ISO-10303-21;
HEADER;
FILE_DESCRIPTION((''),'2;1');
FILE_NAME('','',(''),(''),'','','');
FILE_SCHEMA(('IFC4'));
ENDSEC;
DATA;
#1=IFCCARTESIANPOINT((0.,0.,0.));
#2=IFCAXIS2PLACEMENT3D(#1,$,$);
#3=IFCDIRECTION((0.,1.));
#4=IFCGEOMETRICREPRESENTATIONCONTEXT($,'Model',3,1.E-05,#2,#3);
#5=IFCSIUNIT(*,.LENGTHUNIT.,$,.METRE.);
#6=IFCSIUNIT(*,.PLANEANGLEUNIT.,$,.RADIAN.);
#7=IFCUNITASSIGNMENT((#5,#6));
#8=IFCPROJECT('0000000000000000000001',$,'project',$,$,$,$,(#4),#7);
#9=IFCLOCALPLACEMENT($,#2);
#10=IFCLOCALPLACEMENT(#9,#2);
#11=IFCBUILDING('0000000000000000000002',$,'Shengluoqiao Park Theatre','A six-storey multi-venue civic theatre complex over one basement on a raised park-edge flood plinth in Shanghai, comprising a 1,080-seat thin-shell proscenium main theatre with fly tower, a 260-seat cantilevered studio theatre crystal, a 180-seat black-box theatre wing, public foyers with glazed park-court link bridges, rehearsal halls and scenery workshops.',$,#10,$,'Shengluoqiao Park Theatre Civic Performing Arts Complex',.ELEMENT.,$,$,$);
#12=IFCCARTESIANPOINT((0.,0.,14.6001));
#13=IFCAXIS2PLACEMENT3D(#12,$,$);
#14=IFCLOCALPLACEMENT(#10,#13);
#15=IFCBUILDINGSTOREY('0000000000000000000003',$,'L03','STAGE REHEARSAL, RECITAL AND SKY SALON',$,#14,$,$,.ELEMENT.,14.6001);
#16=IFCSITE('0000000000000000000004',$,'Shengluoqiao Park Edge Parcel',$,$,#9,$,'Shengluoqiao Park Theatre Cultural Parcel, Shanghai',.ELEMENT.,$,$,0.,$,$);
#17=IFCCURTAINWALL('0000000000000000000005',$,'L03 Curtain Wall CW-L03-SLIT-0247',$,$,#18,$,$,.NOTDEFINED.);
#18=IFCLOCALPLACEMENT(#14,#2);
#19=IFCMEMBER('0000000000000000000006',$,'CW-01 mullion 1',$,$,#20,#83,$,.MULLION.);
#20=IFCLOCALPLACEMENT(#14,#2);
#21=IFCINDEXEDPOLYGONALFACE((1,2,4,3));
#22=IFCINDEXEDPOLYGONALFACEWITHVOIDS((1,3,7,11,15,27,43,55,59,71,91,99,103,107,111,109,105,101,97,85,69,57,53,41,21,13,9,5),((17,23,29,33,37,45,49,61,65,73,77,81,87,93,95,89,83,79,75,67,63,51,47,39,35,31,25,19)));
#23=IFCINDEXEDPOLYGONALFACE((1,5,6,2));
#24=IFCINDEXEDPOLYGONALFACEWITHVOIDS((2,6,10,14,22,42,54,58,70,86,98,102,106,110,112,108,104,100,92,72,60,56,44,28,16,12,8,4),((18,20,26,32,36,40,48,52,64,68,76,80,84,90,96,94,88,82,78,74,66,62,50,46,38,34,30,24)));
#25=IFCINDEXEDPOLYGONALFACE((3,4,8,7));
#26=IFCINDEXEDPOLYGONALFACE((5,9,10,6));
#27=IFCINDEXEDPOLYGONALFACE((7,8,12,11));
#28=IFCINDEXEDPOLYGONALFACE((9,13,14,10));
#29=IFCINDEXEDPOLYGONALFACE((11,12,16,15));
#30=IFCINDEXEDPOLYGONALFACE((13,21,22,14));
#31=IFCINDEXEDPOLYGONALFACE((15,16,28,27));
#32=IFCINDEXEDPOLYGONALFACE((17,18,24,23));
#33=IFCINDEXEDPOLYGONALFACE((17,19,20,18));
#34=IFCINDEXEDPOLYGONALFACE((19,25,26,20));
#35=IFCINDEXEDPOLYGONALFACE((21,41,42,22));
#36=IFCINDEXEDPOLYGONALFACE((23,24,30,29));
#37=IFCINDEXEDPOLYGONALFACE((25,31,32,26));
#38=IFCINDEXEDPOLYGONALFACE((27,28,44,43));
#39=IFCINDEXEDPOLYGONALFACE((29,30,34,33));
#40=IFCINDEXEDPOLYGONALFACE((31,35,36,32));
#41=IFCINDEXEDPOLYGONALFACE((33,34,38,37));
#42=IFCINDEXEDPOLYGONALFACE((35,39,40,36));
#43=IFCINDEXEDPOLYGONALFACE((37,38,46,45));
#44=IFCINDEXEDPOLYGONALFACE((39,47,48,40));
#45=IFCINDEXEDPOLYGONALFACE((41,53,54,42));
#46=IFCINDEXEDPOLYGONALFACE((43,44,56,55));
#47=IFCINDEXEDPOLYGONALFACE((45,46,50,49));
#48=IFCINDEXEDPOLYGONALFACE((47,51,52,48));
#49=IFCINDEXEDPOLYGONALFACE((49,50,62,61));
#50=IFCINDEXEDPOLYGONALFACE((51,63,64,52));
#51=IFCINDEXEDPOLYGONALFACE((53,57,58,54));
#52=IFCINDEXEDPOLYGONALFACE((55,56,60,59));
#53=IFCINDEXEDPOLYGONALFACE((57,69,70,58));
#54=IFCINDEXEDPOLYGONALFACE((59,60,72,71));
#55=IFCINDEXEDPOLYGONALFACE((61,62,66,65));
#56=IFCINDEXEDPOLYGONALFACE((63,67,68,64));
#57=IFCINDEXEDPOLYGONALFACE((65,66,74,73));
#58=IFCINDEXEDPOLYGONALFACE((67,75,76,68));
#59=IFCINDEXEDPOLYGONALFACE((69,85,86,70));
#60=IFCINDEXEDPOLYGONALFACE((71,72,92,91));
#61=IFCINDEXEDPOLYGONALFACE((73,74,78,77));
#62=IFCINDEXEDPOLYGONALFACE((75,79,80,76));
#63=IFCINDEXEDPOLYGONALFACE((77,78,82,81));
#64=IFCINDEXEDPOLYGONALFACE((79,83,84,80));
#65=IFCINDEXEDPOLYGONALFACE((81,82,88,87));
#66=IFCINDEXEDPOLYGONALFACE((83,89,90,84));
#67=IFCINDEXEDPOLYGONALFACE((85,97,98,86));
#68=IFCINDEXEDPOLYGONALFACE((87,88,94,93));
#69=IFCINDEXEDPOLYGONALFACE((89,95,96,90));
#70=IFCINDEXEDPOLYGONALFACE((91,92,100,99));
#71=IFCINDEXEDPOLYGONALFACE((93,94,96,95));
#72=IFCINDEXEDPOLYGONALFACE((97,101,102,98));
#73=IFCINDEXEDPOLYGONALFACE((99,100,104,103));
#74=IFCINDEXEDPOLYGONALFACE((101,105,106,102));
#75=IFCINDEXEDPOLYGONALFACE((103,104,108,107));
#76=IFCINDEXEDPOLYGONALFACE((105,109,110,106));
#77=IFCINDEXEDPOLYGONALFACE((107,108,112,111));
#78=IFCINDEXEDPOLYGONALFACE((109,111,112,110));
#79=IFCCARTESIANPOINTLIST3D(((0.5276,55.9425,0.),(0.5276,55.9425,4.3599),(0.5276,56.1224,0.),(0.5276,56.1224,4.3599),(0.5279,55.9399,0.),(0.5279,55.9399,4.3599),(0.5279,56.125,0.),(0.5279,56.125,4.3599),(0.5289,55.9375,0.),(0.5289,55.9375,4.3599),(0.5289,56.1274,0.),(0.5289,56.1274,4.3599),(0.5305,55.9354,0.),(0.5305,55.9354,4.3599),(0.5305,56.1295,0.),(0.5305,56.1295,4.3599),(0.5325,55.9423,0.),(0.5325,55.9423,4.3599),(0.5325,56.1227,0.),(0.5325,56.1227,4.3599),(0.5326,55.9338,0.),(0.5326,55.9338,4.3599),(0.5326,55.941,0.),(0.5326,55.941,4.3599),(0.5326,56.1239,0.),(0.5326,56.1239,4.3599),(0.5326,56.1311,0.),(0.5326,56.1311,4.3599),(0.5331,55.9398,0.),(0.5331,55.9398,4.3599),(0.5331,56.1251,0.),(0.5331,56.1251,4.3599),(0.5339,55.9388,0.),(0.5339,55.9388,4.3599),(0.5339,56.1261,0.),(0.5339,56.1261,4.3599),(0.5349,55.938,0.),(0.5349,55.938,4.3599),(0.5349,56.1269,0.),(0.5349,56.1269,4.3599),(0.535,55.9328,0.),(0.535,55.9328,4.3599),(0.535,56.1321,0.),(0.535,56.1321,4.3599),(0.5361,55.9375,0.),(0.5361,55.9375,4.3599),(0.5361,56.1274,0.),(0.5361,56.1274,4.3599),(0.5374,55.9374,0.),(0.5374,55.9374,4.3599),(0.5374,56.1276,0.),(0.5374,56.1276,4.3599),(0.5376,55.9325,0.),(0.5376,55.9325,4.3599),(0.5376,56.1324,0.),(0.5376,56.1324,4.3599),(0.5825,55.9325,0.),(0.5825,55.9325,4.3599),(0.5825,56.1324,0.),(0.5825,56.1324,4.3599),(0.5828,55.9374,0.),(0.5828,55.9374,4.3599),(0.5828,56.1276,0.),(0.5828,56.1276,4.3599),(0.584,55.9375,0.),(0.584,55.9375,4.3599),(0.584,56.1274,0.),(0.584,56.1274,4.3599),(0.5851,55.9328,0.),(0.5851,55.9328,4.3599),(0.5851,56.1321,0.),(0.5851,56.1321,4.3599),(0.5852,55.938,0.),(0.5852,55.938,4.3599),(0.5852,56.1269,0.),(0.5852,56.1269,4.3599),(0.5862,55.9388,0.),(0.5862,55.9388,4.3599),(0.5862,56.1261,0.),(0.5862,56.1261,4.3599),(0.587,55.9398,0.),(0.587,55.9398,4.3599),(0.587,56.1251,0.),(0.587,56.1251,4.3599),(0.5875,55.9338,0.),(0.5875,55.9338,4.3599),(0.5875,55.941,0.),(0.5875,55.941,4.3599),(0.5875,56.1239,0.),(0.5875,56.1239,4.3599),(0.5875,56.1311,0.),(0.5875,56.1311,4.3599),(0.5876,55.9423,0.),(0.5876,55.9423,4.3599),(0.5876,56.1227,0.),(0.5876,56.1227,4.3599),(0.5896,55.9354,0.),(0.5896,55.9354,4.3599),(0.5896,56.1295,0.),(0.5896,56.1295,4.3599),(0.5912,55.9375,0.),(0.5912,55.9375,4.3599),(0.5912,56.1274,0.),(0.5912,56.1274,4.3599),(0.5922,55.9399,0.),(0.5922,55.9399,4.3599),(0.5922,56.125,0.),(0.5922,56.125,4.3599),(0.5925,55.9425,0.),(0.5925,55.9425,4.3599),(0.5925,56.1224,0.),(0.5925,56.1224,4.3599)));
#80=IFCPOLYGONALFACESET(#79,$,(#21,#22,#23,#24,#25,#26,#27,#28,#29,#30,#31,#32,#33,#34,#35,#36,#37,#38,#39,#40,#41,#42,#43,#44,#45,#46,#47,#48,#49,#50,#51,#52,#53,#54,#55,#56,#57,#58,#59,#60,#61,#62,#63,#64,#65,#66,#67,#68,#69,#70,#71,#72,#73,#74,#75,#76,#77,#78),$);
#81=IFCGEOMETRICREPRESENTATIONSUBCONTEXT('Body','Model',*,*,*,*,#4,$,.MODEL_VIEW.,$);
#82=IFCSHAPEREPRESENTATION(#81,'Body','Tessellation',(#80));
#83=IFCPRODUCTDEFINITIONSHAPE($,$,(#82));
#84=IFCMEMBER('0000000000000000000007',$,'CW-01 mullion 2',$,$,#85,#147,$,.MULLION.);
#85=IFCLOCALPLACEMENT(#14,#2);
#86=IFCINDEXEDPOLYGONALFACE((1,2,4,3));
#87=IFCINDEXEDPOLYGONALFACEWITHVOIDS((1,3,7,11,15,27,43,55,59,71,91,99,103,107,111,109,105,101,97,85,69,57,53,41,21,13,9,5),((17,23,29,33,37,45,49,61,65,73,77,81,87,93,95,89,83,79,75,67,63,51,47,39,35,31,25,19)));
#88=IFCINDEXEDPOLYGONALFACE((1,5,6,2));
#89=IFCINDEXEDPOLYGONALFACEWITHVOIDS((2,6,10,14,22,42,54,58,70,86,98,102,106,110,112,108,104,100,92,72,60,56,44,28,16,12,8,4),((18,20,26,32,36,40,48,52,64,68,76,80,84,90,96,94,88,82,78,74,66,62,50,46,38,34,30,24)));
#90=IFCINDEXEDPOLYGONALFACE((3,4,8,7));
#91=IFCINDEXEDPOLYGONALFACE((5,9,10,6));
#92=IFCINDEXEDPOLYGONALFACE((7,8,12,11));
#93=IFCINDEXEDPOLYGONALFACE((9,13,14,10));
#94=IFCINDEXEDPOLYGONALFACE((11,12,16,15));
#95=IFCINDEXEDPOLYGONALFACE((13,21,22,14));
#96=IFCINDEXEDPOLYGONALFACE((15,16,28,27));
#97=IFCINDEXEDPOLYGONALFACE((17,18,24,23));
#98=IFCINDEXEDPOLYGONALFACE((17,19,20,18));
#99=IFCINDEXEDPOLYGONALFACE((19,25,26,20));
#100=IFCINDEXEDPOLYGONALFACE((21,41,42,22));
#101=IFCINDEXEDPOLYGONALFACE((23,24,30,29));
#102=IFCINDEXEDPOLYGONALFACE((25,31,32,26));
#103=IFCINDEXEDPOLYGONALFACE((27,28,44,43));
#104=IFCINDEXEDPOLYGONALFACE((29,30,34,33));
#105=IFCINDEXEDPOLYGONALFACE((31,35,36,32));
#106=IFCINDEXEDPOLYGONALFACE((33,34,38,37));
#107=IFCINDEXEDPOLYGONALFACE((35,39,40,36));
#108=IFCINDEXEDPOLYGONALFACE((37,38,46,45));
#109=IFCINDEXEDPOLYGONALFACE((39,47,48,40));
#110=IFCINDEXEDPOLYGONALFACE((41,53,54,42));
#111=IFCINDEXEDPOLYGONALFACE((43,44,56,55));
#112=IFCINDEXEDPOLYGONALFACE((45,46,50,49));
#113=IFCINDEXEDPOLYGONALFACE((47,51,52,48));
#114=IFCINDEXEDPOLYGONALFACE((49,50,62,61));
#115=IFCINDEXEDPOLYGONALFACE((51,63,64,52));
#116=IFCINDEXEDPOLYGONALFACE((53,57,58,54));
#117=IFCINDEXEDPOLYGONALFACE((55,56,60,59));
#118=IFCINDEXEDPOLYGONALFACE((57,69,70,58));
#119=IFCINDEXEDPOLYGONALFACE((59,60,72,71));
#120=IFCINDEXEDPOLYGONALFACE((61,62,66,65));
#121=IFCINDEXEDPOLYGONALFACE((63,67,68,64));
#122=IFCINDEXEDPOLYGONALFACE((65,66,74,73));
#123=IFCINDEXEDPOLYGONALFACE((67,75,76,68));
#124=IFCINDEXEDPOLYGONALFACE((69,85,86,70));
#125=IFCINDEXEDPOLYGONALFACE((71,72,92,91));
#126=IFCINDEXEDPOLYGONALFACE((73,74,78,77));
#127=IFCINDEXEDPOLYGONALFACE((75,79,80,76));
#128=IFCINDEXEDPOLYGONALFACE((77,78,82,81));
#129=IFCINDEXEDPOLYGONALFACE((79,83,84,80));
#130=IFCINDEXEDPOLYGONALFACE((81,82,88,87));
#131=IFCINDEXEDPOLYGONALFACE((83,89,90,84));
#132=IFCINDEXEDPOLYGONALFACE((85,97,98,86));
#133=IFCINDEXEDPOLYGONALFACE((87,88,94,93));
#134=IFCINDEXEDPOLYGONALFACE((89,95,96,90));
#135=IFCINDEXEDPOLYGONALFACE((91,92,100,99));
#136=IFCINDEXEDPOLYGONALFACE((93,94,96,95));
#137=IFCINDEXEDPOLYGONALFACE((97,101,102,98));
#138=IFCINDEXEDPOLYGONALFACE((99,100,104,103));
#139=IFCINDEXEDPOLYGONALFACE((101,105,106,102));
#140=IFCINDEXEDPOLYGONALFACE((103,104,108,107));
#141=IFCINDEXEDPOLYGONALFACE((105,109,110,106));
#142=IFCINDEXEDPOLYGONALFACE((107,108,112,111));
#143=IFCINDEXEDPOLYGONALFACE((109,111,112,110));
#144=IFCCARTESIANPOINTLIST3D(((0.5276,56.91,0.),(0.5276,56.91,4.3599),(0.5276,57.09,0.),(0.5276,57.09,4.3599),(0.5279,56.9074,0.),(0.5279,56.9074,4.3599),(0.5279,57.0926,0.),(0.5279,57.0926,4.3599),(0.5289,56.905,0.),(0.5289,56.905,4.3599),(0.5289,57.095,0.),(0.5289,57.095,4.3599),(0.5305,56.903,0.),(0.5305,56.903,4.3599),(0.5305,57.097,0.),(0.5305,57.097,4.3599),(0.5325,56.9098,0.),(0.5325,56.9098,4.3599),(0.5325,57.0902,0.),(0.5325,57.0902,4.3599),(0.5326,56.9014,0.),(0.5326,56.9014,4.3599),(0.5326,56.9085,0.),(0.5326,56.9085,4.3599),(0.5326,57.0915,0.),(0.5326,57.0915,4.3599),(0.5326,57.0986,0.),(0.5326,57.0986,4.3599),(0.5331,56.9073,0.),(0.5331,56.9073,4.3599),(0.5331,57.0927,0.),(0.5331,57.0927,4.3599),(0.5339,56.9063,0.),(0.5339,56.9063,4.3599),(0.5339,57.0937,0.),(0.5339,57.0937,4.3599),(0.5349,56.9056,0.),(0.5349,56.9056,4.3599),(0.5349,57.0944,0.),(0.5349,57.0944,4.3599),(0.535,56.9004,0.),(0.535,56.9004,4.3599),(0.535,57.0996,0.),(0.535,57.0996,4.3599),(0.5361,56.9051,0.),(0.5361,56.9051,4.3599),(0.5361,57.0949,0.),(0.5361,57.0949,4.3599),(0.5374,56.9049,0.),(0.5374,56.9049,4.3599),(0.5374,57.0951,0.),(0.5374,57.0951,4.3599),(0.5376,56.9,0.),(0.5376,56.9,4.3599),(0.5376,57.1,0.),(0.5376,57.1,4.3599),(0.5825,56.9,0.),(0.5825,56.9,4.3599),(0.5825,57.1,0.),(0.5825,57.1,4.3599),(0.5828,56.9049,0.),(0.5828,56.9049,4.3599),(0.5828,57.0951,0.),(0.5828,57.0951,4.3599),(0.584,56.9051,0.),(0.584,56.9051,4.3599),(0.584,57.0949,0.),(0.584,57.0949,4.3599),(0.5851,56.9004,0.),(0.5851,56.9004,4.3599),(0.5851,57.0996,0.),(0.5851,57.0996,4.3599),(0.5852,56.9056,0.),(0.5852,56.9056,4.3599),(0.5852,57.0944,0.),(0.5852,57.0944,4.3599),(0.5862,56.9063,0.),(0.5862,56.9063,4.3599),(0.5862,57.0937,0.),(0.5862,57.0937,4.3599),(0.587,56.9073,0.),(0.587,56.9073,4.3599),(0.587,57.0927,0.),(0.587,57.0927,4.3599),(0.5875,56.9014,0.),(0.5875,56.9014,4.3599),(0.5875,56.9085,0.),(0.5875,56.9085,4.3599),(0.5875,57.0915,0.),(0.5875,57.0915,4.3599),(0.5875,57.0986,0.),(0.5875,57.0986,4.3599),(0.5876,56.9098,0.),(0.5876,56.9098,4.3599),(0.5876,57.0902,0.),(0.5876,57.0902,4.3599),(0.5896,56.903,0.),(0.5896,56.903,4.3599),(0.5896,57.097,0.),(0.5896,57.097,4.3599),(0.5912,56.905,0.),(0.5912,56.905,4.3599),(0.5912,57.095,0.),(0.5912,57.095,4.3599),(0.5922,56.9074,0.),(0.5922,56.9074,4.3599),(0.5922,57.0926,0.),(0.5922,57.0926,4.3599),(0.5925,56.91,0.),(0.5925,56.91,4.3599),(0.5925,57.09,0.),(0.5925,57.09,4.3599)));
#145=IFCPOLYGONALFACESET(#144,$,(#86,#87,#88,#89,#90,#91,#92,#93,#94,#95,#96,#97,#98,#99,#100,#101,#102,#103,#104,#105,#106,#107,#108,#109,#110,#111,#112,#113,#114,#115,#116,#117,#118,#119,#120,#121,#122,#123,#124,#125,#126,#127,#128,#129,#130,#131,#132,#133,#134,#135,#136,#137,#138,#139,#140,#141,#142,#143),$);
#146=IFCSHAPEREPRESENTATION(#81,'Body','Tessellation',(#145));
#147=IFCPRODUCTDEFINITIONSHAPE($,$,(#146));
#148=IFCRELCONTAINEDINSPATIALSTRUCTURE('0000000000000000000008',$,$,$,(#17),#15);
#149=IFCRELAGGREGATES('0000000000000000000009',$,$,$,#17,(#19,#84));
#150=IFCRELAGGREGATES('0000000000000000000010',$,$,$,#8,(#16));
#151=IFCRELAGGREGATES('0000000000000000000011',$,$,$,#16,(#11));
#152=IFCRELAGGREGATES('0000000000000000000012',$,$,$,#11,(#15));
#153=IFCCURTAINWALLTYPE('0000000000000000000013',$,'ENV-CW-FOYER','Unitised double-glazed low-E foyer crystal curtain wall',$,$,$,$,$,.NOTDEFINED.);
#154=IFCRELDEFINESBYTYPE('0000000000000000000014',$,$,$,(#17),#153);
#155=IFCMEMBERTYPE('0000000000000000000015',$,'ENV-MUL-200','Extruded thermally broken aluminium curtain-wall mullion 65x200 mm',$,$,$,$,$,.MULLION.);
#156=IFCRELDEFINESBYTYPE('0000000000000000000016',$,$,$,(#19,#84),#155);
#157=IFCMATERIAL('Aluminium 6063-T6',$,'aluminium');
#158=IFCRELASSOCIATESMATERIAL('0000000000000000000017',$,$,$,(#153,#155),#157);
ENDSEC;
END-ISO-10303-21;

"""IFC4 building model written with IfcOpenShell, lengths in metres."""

from ifc_helpers import new_model, si_unit, direction, frame, origin, origin_2d, place, context, subcontext, project, spatial, hollow_rectangle, extrude, material, material_profile, profile_set, type_object, element, aggregate, save


model = new_model("IFC4")

# Units and contexts
model_context = context("Model", 3, precision=1e-05, world=origin(), true_north=direction((0.0, 1.0)))
body_context = subcontext(model_context, "Body", "Model", "MODEL_VIEW")
ifc_project = project(units=[si_unit("LENGTHUNIT", "METRE"), si_unit("PLANEANGLEUNIT", "RADIAN")], contexts=[model_context])

# Site, building, storey
site_placement = place(None, origin())
site = spatial("IfcSite", under=ifc_project, at=site_placement, Name="Shengluoqiao Park Edge Parcel", LongName="Shengluoqiao Park Theatre Cultural Parcel, Shanghai", CompositionType="ELEMENT", RefElevation=0.0)
building_placement = place(site_placement, origin())
building = spatial("IfcBuilding", under=site, at=building_placement, Name="Shengluoqiao Park Theatre", Description="A six-storey multi-venue civic theatre complex over one basement on a raised park-edge flood plinth in Shanghai, comprising a 1,080-seat thin-shell proscenium main theatre with fly tower, a 260-seat cantilevered studio theatre crystal, a 180-seat black-box theatre wing, public foyers with glazed park-court link bridges, rehearsal halls and scenery workshops.", LongName="Shengluoqiao Park Theatre Civic Performing Arts Complex", CompositionType="ELEMENT")
storey_placement = place(building_placement, frame((0.0, 0.0, 14.6001)))
storey = spatial("IfcBuildingStorey", under=building, at=storey_placement, Name="L03", Description="STAGE REHEARSAL, RECITAL AND SKY SALON", CompositionType="ELEMENT", Elevation=14.6001)

# Curtain wall, members
ifc_material_1 = material(Name="Aluminium 6063-T6", Category="aluminium")
curtain_wall_type = type_object("IfcCurtainWallType", Name="ENV-CW-FOYER", Description="Unitised double-glazed low-E foyer crystal curtain wall", PredefinedType="NOTDEFINED", material=ifc_material_1)
curtain_wall_placement = place(storey_placement, origin())
curtain_wall = element("IfcCurtainWall", 1, at=curtain_wall_placement, inside=storey, type_object=curtain_wall_type, Name="L03 Curtain Wall CW-L03-SLIT-0247", PredefinedType="NOTDEFINED")
ifc_material_profile_1 = material_profile(ifc_material_1, hollow_rectangle(XDim=0.0649, YDim=0.2, WallThickness=0.0049, InnerFilletRadius=0.0049, OuterFilletRadius=0.01, at=origin_2d()), Name="ALU MULLION 200x65x5")
ifc_profile_set_1 = profile_set([ifc_material_profile_1], Name="Aluminium 6063-T6")
member_type_1 = type_object("IfcMemberType", Name="ENV-MUL-200", Description="Extruded thermally broken aluminium curtain-wall mullion 65x200 mm", PredefinedType="MULLION", material=ifc_profile_set_1)
member_1_placement = place(storey_placement, frame((0.5601, 56.0325, 0.0), z_axis=(0.0, 0.0, 1.0), x_axis=(-1.0, 0.0, 0.0)))
member_1 = element("IfcMember", 2, at=member_1_placement, type_object=member_type_1, Name="CW-01 mullion 1", PredefinedType="MULLION", context=body_context, shape_type="SweptSolid", body=[
    extrude(hollow_rectangle(XDim=0.0649, YDim=0.2, WallThickness=0.0049, InnerFilletRadius=0.0049, OuterFilletRadius=0.01, at=origin_2d()), origin(), (0.0, 0.0, 1.0), 4.3599),
])
member_2_placement = place(storey_placement, frame((0.5601, 57.0, 0.0), z_axis=(0.0, 0.0, 1.0), x_axis=(-1.0, 0.0, 0.0)))
member_2 = element("IfcMember", 3, at=member_2_placement, type_object=member_type_1, Name="CW-01 mullion 2", PredefinedType="MULLION", context=body_context, shape_type="SweptSolid", body=[
    extrude(hollow_rectangle(XDim=0.0649, YDim=0.2, WallThickness=0.0049, InnerFilletRadius=0.0049, OuterFilletRadius=0.01, at=origin_2d()), origin(), (0.0, 0.0, 1.0), 4.3599),
])

aggregate(curtain_wall, [member_1, member_2])

save(model, "model.ifc")
